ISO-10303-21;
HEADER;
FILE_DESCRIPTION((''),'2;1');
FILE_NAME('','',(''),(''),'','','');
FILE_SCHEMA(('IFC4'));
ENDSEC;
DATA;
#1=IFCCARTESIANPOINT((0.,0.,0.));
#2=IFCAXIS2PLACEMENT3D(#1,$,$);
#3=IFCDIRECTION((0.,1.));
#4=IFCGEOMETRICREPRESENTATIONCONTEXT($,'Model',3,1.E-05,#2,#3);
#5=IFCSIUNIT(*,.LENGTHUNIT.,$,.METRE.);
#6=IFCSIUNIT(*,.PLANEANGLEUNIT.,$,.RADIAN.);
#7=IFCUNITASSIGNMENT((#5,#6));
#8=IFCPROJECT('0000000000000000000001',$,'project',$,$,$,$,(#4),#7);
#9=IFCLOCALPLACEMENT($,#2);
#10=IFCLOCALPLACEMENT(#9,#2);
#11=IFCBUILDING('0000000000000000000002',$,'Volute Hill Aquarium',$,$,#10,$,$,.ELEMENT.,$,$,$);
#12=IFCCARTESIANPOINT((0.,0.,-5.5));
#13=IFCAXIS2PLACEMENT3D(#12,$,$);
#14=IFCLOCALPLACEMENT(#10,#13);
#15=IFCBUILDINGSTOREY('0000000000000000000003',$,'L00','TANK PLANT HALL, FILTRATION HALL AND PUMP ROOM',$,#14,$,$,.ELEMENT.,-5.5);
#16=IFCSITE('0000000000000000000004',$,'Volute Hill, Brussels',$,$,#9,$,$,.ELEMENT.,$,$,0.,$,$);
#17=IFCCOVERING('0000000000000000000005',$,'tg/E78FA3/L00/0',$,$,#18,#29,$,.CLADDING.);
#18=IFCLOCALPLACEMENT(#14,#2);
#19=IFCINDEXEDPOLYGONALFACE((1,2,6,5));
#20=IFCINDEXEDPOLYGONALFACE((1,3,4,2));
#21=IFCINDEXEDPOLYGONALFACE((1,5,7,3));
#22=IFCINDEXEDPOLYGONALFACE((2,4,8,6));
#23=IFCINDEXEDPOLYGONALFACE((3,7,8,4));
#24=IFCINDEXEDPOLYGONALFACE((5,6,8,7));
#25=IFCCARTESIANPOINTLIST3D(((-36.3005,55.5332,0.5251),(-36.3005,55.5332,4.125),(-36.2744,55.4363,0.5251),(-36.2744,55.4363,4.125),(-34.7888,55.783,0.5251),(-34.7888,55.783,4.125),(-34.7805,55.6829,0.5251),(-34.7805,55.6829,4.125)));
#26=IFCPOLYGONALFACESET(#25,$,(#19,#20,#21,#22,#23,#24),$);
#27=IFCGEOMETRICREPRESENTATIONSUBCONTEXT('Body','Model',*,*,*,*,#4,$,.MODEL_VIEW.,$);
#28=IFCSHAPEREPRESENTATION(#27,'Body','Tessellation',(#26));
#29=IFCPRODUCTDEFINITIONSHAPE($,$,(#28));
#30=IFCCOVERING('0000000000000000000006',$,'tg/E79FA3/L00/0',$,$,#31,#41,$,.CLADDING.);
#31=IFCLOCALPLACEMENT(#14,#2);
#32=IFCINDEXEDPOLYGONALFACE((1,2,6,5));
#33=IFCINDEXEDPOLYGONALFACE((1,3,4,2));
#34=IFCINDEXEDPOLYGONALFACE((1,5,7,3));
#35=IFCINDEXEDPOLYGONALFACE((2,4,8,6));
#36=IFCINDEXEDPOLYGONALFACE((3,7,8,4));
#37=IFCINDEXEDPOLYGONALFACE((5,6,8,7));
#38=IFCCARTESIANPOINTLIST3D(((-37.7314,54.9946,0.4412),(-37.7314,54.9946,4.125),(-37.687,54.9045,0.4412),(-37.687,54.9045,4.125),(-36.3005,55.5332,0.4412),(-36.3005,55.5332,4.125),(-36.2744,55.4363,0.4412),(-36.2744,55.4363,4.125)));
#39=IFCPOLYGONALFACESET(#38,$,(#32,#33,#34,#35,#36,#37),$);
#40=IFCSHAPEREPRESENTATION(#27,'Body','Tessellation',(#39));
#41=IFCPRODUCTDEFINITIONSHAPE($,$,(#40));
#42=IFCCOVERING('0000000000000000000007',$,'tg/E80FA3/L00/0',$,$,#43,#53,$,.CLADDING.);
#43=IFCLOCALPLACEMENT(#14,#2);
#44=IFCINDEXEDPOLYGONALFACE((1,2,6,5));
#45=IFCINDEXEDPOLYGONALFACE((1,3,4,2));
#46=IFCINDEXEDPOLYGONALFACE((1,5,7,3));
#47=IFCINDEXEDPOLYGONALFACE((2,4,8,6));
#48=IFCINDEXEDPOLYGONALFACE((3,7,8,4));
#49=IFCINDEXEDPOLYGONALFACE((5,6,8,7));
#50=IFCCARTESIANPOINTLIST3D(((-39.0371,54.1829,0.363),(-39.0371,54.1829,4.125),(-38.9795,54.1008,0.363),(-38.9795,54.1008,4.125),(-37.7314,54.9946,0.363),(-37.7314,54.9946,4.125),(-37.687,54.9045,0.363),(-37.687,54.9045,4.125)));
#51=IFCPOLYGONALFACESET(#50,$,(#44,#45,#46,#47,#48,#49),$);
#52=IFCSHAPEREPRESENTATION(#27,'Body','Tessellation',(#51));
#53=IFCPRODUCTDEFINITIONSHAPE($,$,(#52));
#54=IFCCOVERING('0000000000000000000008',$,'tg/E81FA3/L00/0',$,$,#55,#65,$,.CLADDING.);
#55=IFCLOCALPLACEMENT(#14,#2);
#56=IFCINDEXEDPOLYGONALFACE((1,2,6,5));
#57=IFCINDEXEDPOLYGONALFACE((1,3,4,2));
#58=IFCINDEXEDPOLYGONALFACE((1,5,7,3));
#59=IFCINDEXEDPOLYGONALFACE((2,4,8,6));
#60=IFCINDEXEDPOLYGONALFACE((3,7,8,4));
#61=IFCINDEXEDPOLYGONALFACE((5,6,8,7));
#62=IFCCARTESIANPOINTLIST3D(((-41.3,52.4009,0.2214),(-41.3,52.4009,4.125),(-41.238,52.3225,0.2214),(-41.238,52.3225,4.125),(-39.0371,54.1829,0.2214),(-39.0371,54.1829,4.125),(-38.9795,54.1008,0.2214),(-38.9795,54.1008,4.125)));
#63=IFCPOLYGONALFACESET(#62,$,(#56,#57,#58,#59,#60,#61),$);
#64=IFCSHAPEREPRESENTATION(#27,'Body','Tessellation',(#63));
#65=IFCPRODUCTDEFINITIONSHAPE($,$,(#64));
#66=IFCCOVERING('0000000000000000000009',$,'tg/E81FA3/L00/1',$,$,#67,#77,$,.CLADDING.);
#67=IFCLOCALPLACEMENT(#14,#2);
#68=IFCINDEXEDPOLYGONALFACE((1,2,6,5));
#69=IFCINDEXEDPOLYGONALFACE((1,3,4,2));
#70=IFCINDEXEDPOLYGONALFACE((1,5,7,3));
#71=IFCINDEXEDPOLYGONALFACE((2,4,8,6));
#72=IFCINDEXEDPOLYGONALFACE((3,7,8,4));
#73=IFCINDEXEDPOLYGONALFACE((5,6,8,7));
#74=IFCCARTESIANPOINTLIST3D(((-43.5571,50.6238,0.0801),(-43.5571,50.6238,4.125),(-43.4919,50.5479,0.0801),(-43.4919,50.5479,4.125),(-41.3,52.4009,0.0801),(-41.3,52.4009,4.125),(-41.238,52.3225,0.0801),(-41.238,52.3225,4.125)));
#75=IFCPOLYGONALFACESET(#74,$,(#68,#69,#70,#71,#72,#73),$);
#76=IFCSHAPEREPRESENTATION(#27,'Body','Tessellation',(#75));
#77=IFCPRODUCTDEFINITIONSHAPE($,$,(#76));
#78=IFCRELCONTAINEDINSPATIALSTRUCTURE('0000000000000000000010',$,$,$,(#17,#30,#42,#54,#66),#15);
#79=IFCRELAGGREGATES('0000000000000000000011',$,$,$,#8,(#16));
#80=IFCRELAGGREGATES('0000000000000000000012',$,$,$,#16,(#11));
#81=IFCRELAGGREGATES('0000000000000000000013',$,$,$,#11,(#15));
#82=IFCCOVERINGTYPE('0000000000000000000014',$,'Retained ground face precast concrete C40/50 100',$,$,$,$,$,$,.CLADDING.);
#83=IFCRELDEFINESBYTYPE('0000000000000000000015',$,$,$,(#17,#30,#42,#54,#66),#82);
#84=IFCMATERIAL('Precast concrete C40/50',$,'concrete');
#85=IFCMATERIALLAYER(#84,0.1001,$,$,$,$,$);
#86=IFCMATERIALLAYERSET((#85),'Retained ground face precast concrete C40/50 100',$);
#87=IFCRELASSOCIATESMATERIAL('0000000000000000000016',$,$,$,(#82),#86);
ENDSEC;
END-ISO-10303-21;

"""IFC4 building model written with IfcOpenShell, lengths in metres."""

from ifc_helpers import new_model, si_unit, direction, frame, origin, place, context, subcontext, project, spatial, polyline, outline, extrude, material, layer, layer_set, type_object, element, save


model = new_model("IFC4")

# Units and contexts
model_context = context("Model", 3, precision=1e-05, world=origin(), true_north=direction((0.0, 1.0)))
body_context = subcontext(model_context, "Body", "Model", "MODEL_VIEW")
ifc_project = project(units=[si_unit("LENGTHUNIT", "METRE"), si_unit("PLANEANGLEUNIT", "RADIAN")], contexts=[model_context])

# Site, building, storey
site_placement = place(None, origin())
site = spatial("IfcSite", under=ifc_project, at=site_placement, Name="Volute Hill, Brussels", CompositionType="ELEMENT", RefElevation=0.0)
building_placement = place(site_placement, origin())
building = spatial("IfcBuilding", under=site, at=building_placement, Name="Volute Hill Aquarium", CompositionType="ELEMENT")
storey_placement = place(building_placement, frame((0.0, 0.0, -5.5)))
storey = spatial("IfcBuildingStorey", under=building, at=storey_placement, Name="L00", Description="TANK PLANT HALL, FILTRATION HALL AND PUMP ROOM", CompositionType="ELEMENT", Elevation=-5.5)

# Coverings
ifc_material_1 = material(Name="Precast concrete C40/50", Category="concrete")
ifc_layer_1 = layer(ifc_material_1, 0.1001)
ifc_layer_set_1 = layer_set([ifc_layer_1], Name="Retained ground face precast concrete C40/50 100")
covering_type_1 = type_object("IfcCoveringType", Name="Retained ground face precast concrete C40/50 100", PredefinedType="CLADDING", material=ifc_layer_set_1)
covering_1_placement = place(storey_placement, frame((0.0, 0.0, 0.5251)))
element("IfcCovering", 1, at=covering_1_placement, inside=storey, type_object=covering_type_1, Name="tg/E78FA3/L00/0", PredefinedType="CLADDING", context=body_context, shape_type="SweptSolid", body=[
    extrude(outline(polyline([(-34.7888, 55.783), (-36.3005, 55.5332), (-36.2744, 55.4363), (-34.7805, 55.6829), (-34.7888, 55.783)])), origin(), (0.0, 0.0, 1.0), 3.5999),
])
covering_2_placement = place(storey_placement, frame((0.0, 0.0, 0.4412)))
element("IfcCovering", 2, at=covering_2_placement, inside=storey, type_object=covering_type_1, Name="tg/E79FA3/L00/0", PredefinedType="CLADDING", context=body_context, shape_type="SweptSolid", body=[
    extrude(outline(polyline([(-36.3005, 55.5332), (-37.7314, 54.9946), (-37.687, 54.9045), (-36.2744, 55.4363), (-36.2744, 55.4363), (-36.3005, 55.5332), (-36.3005, 55.5332)])), origin(), (0.0, 0.0, 1.0), 3.6838),
])
covering_3_placement = place(storey_placement, frame((0.0, 0.0, 0.363)))
element("IfcCovering", 3, at=covering_3_placement, inside=storey, type_object=covering_type_1, Name="tg/E80FA3/L00/0", PredefinedType="CLADDING", context=body_context, shape_type="SweptSolid", body=[
    extrude(outline(polyline([(-37.7314, 54.9946), (-39.0371, 54.1829), (-38.9795, 54.1008), (-37.687, 54.9045), (-37.7314, 54.9946), (-37.7314, 54.9946)])), origin(), (0.0, 0.0, 1.0), 3.762),
])
covering_4_placement = place(storey_placement, frame((0.0, 0.0, 0.2214)))
element("IfcCovering", 4, at=covering_4_placement, inside=storey, type_object=covering_type_1, Name="tg/E81FA3/L00/0", PredefinedType="CLADDING", context=body_context, shape_type="SweptSolid", body=[
    extrude(outline(polyline([(-39.0371, 54.1829), (-41.3, 52.4009), (-41.238, 52.3225), (-38.9795, 54.1008), (-39.0371, 54.1829), (-39.0371, 54.1829)])), origin(), (0.0, 0.0, 1.0), 3.9036),
])
covering_5_placement = place(storey_placement, frame((0.0, 0.0, 0.0801)))
element("IfcCovering", 5, at=covering_5_placement, inside=storey, type_object=covering_type_1, Name="tg/E81FA3/L00/1", PredefinedType="CLADDING", context=body_context, shape_type="SweptSolid", body=[
    extrude(outline(polyline([(-41.3, 52.4009), (-43.5571, 50.6238), (-43.4919, 50.5479), (-41.238, 52.3225), (-41.3, 52.4009)])), origin(), (0.0, 0.0, 1.0), 4.0449),
])

save(model, "model.ifc")
